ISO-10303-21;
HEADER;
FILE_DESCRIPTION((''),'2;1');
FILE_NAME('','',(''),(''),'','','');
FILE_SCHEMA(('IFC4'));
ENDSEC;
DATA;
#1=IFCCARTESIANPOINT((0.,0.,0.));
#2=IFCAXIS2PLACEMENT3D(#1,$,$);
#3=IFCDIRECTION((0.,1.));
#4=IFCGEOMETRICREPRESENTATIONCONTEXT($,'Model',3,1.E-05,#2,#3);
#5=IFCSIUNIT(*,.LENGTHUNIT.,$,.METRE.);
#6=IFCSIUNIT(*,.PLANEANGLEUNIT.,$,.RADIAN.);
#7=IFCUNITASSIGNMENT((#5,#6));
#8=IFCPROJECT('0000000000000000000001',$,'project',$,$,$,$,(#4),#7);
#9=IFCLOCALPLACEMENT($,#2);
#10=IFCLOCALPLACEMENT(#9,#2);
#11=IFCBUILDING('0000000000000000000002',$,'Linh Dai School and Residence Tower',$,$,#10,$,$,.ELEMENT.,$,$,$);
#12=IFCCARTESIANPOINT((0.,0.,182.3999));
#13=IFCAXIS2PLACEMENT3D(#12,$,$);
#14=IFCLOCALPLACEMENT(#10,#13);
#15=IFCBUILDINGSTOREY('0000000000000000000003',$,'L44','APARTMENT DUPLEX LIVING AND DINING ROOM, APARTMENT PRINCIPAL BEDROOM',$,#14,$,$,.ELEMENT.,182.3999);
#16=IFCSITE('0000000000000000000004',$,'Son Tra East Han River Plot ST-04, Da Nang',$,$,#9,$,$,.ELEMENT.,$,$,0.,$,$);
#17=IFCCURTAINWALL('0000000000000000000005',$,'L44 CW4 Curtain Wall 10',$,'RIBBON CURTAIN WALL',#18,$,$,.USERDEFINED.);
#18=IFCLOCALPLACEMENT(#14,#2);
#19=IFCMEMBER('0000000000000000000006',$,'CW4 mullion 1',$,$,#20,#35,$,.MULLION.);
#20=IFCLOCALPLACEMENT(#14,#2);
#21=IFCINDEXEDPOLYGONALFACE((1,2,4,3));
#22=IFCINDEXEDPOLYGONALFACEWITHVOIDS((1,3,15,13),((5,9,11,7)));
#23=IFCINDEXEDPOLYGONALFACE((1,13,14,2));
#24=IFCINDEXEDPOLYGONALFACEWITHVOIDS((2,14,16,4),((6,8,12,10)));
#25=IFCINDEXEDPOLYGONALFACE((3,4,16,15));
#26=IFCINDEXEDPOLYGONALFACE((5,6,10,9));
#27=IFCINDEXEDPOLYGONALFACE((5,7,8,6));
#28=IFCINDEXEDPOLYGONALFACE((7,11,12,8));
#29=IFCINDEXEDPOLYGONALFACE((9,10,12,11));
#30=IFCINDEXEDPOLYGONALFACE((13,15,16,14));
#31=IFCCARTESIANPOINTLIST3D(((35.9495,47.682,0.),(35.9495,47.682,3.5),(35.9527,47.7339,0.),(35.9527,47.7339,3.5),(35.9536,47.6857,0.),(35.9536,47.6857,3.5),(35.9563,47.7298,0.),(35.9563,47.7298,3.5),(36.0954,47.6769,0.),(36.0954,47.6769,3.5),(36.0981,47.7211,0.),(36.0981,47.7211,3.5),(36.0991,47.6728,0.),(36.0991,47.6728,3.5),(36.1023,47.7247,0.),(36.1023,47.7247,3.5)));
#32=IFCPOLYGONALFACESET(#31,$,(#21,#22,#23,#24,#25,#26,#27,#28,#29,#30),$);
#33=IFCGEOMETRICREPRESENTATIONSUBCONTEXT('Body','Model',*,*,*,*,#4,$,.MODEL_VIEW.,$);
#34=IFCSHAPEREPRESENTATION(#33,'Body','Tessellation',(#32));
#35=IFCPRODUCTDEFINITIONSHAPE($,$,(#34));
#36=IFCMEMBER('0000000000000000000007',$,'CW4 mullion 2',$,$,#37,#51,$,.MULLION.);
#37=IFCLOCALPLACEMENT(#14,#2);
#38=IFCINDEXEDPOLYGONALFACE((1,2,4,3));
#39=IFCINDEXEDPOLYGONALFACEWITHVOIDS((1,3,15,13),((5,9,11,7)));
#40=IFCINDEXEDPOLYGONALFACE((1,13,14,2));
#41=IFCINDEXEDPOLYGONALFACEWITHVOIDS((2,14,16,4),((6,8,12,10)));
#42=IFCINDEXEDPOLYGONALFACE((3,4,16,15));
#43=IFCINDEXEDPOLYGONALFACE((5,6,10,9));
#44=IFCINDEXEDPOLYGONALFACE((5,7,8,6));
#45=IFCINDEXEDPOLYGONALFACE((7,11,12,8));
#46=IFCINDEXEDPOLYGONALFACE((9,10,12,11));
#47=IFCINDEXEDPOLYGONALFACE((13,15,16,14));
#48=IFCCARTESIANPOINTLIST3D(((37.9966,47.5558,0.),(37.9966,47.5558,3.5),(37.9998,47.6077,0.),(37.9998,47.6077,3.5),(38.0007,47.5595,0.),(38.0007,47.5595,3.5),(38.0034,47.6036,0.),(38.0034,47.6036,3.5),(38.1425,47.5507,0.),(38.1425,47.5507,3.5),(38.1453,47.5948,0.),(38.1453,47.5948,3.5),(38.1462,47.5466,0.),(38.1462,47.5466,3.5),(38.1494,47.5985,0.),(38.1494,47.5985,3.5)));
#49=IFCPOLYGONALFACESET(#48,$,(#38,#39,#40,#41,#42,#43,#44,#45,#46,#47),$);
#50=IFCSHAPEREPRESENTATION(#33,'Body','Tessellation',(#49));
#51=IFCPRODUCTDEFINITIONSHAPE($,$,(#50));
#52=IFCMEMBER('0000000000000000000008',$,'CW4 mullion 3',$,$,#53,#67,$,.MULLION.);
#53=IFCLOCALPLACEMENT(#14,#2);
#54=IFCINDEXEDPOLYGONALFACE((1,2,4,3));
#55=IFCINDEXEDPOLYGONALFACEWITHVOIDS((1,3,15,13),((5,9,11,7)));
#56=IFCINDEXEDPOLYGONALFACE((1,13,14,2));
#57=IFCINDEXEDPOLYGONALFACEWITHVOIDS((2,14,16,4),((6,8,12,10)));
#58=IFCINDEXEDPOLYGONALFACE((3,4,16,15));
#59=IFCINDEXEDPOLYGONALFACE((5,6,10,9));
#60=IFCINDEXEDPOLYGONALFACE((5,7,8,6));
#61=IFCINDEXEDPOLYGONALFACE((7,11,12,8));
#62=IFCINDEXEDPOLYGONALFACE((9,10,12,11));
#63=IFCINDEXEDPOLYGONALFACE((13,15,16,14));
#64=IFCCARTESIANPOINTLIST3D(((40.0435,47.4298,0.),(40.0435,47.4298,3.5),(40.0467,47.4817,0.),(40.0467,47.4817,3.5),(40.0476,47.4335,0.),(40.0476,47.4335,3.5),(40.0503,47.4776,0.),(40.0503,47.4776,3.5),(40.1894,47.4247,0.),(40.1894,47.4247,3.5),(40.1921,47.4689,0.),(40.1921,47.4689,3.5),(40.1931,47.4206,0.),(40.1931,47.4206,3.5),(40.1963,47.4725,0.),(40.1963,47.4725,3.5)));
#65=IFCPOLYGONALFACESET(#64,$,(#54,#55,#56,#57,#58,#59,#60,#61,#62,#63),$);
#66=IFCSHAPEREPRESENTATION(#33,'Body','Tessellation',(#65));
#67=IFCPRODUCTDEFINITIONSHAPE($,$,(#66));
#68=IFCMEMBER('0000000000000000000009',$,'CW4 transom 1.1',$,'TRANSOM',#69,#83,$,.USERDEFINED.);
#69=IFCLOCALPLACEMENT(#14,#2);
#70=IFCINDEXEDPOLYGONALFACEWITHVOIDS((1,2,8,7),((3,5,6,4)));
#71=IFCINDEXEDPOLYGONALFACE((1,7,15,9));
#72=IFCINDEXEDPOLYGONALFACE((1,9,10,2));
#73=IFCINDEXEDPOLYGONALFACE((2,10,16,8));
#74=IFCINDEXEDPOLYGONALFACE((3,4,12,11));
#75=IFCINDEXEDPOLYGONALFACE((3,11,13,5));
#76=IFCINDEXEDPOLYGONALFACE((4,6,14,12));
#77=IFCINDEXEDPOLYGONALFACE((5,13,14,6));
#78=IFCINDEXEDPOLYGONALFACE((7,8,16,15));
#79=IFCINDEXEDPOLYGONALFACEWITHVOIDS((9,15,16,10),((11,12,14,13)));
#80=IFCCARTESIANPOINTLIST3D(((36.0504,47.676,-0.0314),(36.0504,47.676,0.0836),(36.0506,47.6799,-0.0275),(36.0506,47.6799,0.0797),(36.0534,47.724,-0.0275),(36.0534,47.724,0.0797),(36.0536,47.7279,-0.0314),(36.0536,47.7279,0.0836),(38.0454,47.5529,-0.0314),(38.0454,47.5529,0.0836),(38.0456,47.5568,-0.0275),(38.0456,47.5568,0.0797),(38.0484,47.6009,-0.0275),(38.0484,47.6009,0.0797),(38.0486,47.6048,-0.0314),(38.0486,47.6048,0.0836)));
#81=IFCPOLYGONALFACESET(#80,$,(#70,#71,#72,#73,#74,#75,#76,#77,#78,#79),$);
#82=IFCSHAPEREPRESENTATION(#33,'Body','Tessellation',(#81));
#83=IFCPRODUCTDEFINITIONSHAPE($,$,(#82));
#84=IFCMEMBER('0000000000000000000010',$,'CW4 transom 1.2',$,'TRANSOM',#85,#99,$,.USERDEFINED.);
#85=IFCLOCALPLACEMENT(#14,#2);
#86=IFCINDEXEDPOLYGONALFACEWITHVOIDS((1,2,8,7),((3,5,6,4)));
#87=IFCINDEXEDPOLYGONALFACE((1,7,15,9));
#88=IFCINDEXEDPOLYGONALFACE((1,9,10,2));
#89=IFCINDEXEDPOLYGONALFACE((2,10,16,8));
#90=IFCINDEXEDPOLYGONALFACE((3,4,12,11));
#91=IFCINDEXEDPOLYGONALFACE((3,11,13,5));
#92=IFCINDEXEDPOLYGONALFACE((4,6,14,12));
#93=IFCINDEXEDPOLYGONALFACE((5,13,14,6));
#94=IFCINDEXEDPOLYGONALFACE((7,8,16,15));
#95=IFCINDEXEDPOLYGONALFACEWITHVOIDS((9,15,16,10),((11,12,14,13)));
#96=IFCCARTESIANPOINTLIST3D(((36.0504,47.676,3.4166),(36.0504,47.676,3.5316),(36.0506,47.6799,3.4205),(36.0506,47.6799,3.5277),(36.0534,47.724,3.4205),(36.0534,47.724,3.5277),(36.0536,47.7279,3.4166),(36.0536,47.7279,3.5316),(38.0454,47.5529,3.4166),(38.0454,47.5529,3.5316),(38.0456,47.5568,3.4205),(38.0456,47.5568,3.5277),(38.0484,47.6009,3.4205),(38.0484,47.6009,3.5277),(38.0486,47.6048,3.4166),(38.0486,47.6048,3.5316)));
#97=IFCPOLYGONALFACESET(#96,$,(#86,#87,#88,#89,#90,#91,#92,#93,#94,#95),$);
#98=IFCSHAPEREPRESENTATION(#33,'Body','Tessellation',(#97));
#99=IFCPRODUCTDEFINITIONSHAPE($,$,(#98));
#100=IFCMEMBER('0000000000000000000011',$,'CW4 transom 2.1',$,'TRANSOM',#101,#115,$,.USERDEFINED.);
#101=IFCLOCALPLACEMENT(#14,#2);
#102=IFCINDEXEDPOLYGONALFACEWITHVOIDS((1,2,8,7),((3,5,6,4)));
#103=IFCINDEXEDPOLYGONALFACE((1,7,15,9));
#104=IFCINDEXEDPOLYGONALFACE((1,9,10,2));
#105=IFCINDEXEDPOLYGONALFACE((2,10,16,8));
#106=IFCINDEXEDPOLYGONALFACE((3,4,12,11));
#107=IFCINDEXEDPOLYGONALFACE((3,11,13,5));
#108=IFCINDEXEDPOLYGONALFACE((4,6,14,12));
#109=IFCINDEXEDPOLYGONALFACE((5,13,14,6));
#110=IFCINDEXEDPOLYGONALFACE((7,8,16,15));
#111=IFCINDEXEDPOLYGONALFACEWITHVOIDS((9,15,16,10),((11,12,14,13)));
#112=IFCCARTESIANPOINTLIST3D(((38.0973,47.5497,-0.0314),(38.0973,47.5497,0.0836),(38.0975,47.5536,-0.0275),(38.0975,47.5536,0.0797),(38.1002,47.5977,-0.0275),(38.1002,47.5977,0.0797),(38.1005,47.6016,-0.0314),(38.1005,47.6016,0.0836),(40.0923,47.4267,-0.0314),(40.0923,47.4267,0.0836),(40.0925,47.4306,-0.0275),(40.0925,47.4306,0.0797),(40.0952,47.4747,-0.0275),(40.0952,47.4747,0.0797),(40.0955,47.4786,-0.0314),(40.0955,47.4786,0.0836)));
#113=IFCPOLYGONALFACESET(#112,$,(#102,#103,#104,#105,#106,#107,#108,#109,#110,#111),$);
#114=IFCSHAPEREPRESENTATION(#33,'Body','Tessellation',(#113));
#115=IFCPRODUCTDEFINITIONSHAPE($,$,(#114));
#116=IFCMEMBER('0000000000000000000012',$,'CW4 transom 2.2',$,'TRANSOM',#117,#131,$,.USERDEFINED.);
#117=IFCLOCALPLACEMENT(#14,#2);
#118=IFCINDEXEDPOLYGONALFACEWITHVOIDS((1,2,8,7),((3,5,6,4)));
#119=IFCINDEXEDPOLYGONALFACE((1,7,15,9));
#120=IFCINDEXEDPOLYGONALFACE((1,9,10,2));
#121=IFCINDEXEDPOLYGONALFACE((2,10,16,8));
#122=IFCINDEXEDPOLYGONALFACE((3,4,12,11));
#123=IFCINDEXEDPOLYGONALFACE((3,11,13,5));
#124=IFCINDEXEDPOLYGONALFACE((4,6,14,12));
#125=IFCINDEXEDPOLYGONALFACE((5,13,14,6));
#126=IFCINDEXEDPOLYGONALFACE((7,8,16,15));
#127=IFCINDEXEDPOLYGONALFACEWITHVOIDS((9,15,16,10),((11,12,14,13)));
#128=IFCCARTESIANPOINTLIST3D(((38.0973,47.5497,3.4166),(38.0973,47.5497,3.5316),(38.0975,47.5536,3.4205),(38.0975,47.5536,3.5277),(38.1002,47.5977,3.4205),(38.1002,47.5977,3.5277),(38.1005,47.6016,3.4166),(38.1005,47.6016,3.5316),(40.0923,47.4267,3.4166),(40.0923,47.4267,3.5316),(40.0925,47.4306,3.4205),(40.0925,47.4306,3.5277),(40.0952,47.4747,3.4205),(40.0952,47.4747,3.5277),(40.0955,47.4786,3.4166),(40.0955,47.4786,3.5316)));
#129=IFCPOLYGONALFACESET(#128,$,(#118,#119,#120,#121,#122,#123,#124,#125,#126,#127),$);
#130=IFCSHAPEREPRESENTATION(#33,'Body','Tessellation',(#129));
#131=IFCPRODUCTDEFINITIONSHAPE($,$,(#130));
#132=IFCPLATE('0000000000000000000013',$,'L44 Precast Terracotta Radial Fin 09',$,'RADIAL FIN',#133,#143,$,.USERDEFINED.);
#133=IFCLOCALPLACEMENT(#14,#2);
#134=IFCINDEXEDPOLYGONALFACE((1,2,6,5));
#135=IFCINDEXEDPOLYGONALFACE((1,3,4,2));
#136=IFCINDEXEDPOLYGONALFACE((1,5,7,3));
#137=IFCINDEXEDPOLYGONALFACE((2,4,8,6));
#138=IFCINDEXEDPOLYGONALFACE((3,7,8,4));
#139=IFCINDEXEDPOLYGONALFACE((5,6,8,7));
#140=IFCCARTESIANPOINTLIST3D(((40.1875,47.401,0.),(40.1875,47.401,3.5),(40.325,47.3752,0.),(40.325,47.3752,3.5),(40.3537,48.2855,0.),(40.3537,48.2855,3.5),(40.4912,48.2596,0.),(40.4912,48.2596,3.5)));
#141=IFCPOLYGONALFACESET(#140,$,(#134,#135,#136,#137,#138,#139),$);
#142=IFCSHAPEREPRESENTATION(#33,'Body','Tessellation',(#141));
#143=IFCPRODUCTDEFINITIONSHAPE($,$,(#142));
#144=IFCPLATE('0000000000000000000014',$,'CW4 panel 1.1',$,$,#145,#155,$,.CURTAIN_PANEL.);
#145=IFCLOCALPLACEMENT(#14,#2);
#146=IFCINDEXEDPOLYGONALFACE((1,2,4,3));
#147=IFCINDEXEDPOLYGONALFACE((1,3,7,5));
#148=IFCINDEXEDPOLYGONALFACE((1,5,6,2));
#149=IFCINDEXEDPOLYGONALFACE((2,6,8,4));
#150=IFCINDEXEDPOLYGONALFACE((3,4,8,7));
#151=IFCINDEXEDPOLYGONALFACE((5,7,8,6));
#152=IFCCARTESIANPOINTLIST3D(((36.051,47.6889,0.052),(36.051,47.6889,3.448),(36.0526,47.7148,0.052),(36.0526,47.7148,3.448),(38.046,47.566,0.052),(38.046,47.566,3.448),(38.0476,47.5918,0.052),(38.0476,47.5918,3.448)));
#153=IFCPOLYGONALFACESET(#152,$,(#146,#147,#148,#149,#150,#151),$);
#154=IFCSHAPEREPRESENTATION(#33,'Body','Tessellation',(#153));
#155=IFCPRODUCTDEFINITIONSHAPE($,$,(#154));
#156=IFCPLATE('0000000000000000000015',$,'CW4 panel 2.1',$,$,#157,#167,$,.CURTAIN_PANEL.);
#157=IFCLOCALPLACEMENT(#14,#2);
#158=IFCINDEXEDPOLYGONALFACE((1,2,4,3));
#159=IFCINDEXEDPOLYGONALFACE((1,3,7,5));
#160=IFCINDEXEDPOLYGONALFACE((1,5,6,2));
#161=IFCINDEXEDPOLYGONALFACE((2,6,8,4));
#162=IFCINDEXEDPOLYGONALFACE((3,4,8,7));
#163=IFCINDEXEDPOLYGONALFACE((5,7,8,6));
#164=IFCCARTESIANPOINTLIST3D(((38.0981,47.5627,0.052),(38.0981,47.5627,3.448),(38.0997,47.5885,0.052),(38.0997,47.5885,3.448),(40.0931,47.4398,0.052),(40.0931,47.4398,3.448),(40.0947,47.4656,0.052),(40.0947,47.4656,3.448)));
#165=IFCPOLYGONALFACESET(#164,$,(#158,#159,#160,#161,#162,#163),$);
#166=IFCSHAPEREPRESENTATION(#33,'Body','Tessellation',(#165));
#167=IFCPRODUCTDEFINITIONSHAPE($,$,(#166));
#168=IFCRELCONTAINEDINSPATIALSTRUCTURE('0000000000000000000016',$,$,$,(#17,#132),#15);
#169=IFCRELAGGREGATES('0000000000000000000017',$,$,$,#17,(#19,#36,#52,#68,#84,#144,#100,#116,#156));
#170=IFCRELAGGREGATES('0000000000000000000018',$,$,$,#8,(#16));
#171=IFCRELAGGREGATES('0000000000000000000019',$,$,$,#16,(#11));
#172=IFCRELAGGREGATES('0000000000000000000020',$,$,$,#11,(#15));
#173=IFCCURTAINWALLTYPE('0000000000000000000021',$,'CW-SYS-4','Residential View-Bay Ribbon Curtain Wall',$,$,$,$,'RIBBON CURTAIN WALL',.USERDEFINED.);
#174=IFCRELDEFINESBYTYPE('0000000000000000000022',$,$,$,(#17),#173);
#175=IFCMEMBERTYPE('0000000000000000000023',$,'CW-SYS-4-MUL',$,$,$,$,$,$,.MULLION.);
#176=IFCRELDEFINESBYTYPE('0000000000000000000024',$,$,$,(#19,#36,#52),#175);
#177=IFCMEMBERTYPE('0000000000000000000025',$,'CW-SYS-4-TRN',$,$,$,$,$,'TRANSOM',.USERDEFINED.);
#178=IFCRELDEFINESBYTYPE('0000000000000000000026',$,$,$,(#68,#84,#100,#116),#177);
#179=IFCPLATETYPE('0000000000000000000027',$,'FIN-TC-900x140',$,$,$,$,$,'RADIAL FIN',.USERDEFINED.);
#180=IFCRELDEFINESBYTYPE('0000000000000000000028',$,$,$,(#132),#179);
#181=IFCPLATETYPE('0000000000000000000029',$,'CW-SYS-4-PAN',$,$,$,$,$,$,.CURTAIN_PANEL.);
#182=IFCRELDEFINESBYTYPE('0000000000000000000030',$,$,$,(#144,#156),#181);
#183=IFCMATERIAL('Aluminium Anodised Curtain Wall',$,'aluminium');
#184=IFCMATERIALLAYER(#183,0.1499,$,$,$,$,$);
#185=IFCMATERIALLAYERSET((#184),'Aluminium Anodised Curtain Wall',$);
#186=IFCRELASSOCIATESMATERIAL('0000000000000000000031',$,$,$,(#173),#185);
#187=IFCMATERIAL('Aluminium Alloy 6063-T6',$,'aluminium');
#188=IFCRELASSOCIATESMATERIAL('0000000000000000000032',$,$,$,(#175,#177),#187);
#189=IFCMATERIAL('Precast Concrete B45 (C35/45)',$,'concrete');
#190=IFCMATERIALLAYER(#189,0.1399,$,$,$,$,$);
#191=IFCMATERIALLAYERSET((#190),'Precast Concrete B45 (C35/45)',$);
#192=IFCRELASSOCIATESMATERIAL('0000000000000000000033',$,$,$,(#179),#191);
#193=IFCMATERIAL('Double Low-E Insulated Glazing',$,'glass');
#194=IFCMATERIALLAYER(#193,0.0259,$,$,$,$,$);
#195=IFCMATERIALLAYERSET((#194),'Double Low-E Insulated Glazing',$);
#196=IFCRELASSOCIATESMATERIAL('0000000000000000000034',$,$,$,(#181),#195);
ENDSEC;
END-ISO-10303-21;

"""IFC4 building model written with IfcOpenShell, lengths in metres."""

from ifc_helpers import new_model, si_unit, direction, frame, origin, origin_2d, place, context, subcontext, project, spatial, rectangle, hollow_rectangle, extrude, source, transform, mapped, material, layer, layer_set, material_profile, profile_set, type_object, element, aggregate, save


model = new_model("IFC4")

# Units and contexts
model_context = context("Model", 3, precision=1e-05, world=origin(), true_north=direction((0.0, 1.0)))
body_context = subcontext(model_context, "Body", "Model", "MODEL_VIEW")
ifc_project = project(units=[si_unit("LENGTHUNIT", "METRE"), si_unit("PLANEANGLEUNIT", "RADIAN")], contexts=[model_context])

# Site, building, storey
site_placement = place(None, origin())
site = spatial("IfcSite", under=ifc_project, at=site_placement, Name="Son Tra East Han River Plot ST-04, Da Nang", CompositionType="ELEMENT", RefElevation=0.0)
building_placement = place(site_placement, origin())
building = spatial("IfcBuilding", under=site, at=building_placement, Name="Linh Dai School and Residence Tower", CompositionType="ELEMENT")
storey_placement = place(building_placement, frame((0.0, 0.0, 182.3999)))
storey = spatial("IfcBuildingStorey", under=building, at=storey_placement, Name="L44", Description="APARTMENT DUPLEX LIVING AND DINING ROOM, APARTMENT PRINCIPAL BEDROOM", CompositionType="ELEMENT", Elevation=182.3999)

# Curtain wall, members
ifc_material_1 = material(Name="Aluminium Anodised Curtain Wall", Category="aluminium")
ifc_layer_1 = layer(ifc_material_1, 0.1499)
ifc_layer_set_1 = layer_set([ifc_layer_1], Name="Aluminium Anodised Curtain Wall")
curtain_wall_type = type_object("IfcCurtainWallType", Name="CW-SYS-4", Description="Residential View-Bay Ribbon Curtain Wall", ElementType="RIBBON CURTAIN WALL", PredefinedType="USERDEFINED", material=ifc_layer_set_1)
curtain_wall_placement = place(storey_placement, origin())
curtain_wall = element("IfcCurtainWall", 1, at=curtain_wall_placement, inside=storey, type_object=curtain_wall_type, Name="L44 CW4 Curtain Wall 10", ObjectType="RIBBON CURTAIN WALL", PredefinedType="USERDEFINED")
ifc_material_2 = material(Name="Aluminium Alloy 6063-T6", Category="aluminium")
ifc_material_profile_1 = material_profile(ifc_material_2, hollow_rectangle(XDim=0.052, YDim=0.1499, WallThickness=0.0039, at=origin_2d()), Name="RHS 150x52x4")
ifc_profile_set_1 = profile_set([ifc_material_profile_1], Name="Aluminium Alloy 6063-T6")
member_type_1 = type_object("IfcMemberType", Name="CW-SYS-4-MUL", PredefinedType="MULLION", material=ifc_profile_set_1)
shared_shape_1 = source(origin(), body_context, "Body", "SweptSolid", [
    extrude(hollow_rectangle(XDim=0.052, YDim=0.1499, WallThickness=0.0039, at=origin_2d()), origin(), (0.0, 0.0, 1.0), 3.5),
])
member_1_placement = place(storey_placement, frame((36.0259, 47.7034, 0.0), z_axis=(0.0, 0.0, 1.0), x_axis=(0.061512, 0.998106, 0.0)))
member_1 = element("IfcMember", 2, at=member_1_placement, type_object=member_type_1, Name="CW4 mullion 1", PredefinedType="MULLION", context=body_context, shape_type="MappedRepresentation", body=[
    mapped(shared_shape_1, transform((0.0, 0.0, 0.0), x_axis=(1.0, 0.0, 0.0), y_axis=(0.0, 1.0, 0.0), z_axis=(0.0, 0.0, 1.0), scale=1.0)),
])
member_2_placement = place(storey_placement, frame((38.073, 47.5771, 0.0), z_axis=(0.0, 0.0, 1.0), x_axis=(0.061512, 0.998106, 0.0)))
member_2 = element("IfcMember", 3, at=member_2_placement, type_object=member_type_1, Name="CW4 mullion 2", PredefinedType="MULLION", context=body_context, shape_type="MappedRepresentation", body=[
    mapped(shared_shape_1, transform((0.0, 0.0, 0.0), x_axis=(1.0, 0.0, 0.0), y_axis=(0.0, 1.0, 0.0), z_axis=(0.0, 0.0, 1.0), scale=1.0)),
])
member_3_placement = place(storey_placement, frame((40.1199, 47.4512, 0.0), z_axis=(0.0, 0.0, 1.0), x_axis=(0.061512, 0.998106, 0.0)))
member_3 = element("IfcMember", 4, at=member_3_placement, type_object=member_type_1, Name="CW4 mullion 3", PredefinedType="MULLION", context=body_context, shape_type="MappedRepresentation", body=[
    mapped(shared_shape_1, transform((0.0, 0.0, 0.0), x_axis=(1.0, 0.0, 0.0), y_axis=(0.0, 1.0, 0.0), z_axis=(0.0, 0.0, 1.0), scale=1.0)),
])
ifc_material_profile_2 = material_profile(ifc_material_2, hollow_rectangle(XDim=0.052, YDim=0.115, WallThickness=0.0039, at=origin_2d()), Name="RHS 115x52x4")
ifc_profile_set_2 = profile_set([ifc_material_profile_2], Name="Aluminium Alloy 6063-T6")
member_type_2 = type_object("IfcMemberType", Name="CW-SYS-4-TRN", ElementType="TRANSOM", PredefinedType="USERDEFINED", material=ifc_profile_set_2)
shared_shape_2 = source(origin(), body_context, "Body", "SweptSolid", [
    extrude(hollow_rectangle(XDim=0.052, YDim=0.115, WallThickness=0.0039, at=origin_2d()), origin(), (0.0, 0.0, 1.0), 1.9988),
])
member_4_placement = place(storey_placement, frame((36.052, 47.7019, 0.0261), z_axis=(0.998103, -0.061565, 0.0), x_axis=(0.061565, 0.998103, 0.0)))
member_4 = element("IfcMember", 5, at=member_4_placement, type_object=member_type_2, Name="CW4 transom 1.1", ObjectType="TRANSOM", PredefinedType="USERDEFINED", context=body_context, shape_type="MappedRepresentation", body=[
    mapped(shared_shape_2, transform((0.0, 0.0, 0.0), x_axis=(1.0, 0.0, 0.0), y_axis=(0.0, 1.0, 0.0), z_axis=(0.0, 0.0, 1.0), scale=1.0)),
])
member_5_placement = place(storey_placement, frame((36.052, 47.7019, 3.4741), z_axis=(0.998103, -0.061565, 0.0), x_axis=(0.061565, 0.998103, 0.0)))
member_5 = element("IfcMember", 6, at=member_5_placement, type_object=member_type_2, Name="CW4 transom 1.2", ObjectType="TRANSOM", PredefinedType="USERDEFINED", context=body_context, shape_type="MappedRepresentation", body=[
    mapped(shared_shape_2, transform((0.0, 0.0, 0.0), x_axis=(1.0, 0.0, 0.0), y_axis=(0.0, 1.0, 0.0), z_axis=(0.0, 0.0, 1.0), scale=1.0)),
])
member_6_placement = place(storey_placement, frame((38.0989, 47.5757, 0.0261), z_axis=(0.998103, -0.061565, 0.0), x_axis=(0.061565, 0.998103, 0.0)))
member_6 = element("IfcMember", 7, at=member_6_placement, type_object=member_type_2, Name="CW4 transom 2.1", ObjectType="TRANSOM", PredefinedType="USERDEFINED", context=body_context, shape_type="MappedRepresentation", body=[
    mapped(shared_shape_2, transform((0.0, 0.0, 0.0), x_axis=(1.0, 0.0, 0.0), y_axis=(0.0, 1.0, 0.0), z_axis=(0.0, 0.0, 1.0), scale=1.0)),
])
member_7_placement = place(storey_placement, frame((38.0989, 47.5757, 3.4741), z_axis=(0.998103, -0.061565, 0.0), x_axis=(0.061565, 0.998103, 0.0)))
member_7 = element("IfcMember", 8, at=member_7_placement, type_object=member_type_2, Name="CW4 transom 2.2", ObjectType="TRANSOM", PredefinedType="USERDEFINED", context=body_context, shape_type="MappedRepresentation", body=[
    mapped(shared_shape_2, transform((0.0, 0.0, 0.0), x_axis=(1.0, 0.0, 0.0), y_axis=(0.0, 1.0, 0.0), z_axis=(0.0, 0.0, 1.0), scale=1.0)),
])

# Plates
ifc_material_3 = material(Name="Precast Concrete B45 (C35/45)", Category="concrete")
ifc_layer_2 = layer(ifc_material_3, 0.1399)
ifc_layer_set_2 = layer_set([ifc_layer_2], Name="Precast Concrete B45 (C35/45)")
plate_type_1 = type_object("IfcPlateType", Name="FIN-TC-900x140", ElementType="RADIAL FIN", PredefinedType="USERDEFINED", material=ifc_layer_set_2)
shared_shape_3 = source(origin(), body_context, "Body", "SweptSolid", [
    extrude(rectangle(XDim=0.8999, YDim=0.1399, at=origin_2d()), origin(), (0.0, 0.0, 1.0), 3.5),
])
plate_1_placement = place(storey_placement, frame((40.3394, 47.8303, 0.0), z_axis=(0.0, 0.0, 1.0), x_axis=(0.184763, 0.982783, 0.0)))
element("IfcPlate", 9, at=plate_1_placement, inside=storey, type_object=plate_type_1, Name="L44 Precast Terracotta Radial Fin 09", ObjectType="RADIAL FIN", PredefinedType="USERDEFINED", context=body_context, shape_type="MappedRepresentation", body=[
    mapped(shared_shape_3, transform((0.0, 0.0, 0.0), x_axis=(1.0, 0.0, 0.0), y_axis=(0.0, 1.0, 0.0), z_axis=(0.0, 0.0, 1.0), scale=1.0)),
])
ifc_material_4 = material(Name="Double Low-E Insulated Glazing", Category="glass")
ifc_layer_3 = layer(ifc_material_4, 0.0259)
ifc_layer_set_3 = layer_set([ifc_layer_3], Name="Double Low-E Insulated Glazing")
plate_type_2 = type_object("IfcPlateType", Name="CW-SYS-4-PAN", PredefinedType="CURTAIN_PANEL", material=ifc_layer_set_3)
shared_shape_4 = source(origin(), body_context, "Body", "SweptSolid", [
    extrude(rectangle(XDim=1.9988, YDim=0.0259, at=origin_2d()), origin(), (0.0, 0.0, 1.0), 3.396),
])
plate_2_placement = place(storey_placement, frame((37.0493, 47.6404, 0.052), z_axis=(0.0, 0.0, 1.0), x_axis=(0.998106, -0.061512, 0.0)))
plate_2 = element("IfcPlate", 10, at=plate_2_placement, type_object=plate_type_2, Name="CW4 panel 1.1", PredefinedType="CURTAIN_PANEL", context=body_context, shape_type="MappedRepresentation", body=[
    mapped(shared_shape_4, transform((0.0, 0.0, 0.0), x_axis=(1.0, 0.0, 0.0), y_axis=(0.0, 1.0, 0.0), z_axis=(0.0, 0.0, 1.0), scale=1.0)),
])
plate_3_placement = place(storey_placement, frame((39.0964, 47.5142, 0.052), z_axis=(0.0, 0.0, 1.0), x_axis=(0.998106, -0.061512, 0.0)))
plate_3 = element("IfcPlate", 11, at=plate_3_placement, type_object=plate_type_2, Name="CW4 panel 2.1", PredefinedType="CURTAIN_PANEL", context=body_context, shape_type="MappedRepresentation", body=[
    mapped(shared_shape_4, transform((0.0, 0.0, 0.0), x_axis=(1.0, 0.0, 0.0), y_axis=(0.0, 1.0, 0.0), z_axis=(0.0, 0.0, 1.0), scale=1.0)),
])
aggregate(curtain_wall, [member_1, member_2, member_3, member_4, member_5, plate_2, member_6, member_7, plate_3])

save(model, "model.ifc")
